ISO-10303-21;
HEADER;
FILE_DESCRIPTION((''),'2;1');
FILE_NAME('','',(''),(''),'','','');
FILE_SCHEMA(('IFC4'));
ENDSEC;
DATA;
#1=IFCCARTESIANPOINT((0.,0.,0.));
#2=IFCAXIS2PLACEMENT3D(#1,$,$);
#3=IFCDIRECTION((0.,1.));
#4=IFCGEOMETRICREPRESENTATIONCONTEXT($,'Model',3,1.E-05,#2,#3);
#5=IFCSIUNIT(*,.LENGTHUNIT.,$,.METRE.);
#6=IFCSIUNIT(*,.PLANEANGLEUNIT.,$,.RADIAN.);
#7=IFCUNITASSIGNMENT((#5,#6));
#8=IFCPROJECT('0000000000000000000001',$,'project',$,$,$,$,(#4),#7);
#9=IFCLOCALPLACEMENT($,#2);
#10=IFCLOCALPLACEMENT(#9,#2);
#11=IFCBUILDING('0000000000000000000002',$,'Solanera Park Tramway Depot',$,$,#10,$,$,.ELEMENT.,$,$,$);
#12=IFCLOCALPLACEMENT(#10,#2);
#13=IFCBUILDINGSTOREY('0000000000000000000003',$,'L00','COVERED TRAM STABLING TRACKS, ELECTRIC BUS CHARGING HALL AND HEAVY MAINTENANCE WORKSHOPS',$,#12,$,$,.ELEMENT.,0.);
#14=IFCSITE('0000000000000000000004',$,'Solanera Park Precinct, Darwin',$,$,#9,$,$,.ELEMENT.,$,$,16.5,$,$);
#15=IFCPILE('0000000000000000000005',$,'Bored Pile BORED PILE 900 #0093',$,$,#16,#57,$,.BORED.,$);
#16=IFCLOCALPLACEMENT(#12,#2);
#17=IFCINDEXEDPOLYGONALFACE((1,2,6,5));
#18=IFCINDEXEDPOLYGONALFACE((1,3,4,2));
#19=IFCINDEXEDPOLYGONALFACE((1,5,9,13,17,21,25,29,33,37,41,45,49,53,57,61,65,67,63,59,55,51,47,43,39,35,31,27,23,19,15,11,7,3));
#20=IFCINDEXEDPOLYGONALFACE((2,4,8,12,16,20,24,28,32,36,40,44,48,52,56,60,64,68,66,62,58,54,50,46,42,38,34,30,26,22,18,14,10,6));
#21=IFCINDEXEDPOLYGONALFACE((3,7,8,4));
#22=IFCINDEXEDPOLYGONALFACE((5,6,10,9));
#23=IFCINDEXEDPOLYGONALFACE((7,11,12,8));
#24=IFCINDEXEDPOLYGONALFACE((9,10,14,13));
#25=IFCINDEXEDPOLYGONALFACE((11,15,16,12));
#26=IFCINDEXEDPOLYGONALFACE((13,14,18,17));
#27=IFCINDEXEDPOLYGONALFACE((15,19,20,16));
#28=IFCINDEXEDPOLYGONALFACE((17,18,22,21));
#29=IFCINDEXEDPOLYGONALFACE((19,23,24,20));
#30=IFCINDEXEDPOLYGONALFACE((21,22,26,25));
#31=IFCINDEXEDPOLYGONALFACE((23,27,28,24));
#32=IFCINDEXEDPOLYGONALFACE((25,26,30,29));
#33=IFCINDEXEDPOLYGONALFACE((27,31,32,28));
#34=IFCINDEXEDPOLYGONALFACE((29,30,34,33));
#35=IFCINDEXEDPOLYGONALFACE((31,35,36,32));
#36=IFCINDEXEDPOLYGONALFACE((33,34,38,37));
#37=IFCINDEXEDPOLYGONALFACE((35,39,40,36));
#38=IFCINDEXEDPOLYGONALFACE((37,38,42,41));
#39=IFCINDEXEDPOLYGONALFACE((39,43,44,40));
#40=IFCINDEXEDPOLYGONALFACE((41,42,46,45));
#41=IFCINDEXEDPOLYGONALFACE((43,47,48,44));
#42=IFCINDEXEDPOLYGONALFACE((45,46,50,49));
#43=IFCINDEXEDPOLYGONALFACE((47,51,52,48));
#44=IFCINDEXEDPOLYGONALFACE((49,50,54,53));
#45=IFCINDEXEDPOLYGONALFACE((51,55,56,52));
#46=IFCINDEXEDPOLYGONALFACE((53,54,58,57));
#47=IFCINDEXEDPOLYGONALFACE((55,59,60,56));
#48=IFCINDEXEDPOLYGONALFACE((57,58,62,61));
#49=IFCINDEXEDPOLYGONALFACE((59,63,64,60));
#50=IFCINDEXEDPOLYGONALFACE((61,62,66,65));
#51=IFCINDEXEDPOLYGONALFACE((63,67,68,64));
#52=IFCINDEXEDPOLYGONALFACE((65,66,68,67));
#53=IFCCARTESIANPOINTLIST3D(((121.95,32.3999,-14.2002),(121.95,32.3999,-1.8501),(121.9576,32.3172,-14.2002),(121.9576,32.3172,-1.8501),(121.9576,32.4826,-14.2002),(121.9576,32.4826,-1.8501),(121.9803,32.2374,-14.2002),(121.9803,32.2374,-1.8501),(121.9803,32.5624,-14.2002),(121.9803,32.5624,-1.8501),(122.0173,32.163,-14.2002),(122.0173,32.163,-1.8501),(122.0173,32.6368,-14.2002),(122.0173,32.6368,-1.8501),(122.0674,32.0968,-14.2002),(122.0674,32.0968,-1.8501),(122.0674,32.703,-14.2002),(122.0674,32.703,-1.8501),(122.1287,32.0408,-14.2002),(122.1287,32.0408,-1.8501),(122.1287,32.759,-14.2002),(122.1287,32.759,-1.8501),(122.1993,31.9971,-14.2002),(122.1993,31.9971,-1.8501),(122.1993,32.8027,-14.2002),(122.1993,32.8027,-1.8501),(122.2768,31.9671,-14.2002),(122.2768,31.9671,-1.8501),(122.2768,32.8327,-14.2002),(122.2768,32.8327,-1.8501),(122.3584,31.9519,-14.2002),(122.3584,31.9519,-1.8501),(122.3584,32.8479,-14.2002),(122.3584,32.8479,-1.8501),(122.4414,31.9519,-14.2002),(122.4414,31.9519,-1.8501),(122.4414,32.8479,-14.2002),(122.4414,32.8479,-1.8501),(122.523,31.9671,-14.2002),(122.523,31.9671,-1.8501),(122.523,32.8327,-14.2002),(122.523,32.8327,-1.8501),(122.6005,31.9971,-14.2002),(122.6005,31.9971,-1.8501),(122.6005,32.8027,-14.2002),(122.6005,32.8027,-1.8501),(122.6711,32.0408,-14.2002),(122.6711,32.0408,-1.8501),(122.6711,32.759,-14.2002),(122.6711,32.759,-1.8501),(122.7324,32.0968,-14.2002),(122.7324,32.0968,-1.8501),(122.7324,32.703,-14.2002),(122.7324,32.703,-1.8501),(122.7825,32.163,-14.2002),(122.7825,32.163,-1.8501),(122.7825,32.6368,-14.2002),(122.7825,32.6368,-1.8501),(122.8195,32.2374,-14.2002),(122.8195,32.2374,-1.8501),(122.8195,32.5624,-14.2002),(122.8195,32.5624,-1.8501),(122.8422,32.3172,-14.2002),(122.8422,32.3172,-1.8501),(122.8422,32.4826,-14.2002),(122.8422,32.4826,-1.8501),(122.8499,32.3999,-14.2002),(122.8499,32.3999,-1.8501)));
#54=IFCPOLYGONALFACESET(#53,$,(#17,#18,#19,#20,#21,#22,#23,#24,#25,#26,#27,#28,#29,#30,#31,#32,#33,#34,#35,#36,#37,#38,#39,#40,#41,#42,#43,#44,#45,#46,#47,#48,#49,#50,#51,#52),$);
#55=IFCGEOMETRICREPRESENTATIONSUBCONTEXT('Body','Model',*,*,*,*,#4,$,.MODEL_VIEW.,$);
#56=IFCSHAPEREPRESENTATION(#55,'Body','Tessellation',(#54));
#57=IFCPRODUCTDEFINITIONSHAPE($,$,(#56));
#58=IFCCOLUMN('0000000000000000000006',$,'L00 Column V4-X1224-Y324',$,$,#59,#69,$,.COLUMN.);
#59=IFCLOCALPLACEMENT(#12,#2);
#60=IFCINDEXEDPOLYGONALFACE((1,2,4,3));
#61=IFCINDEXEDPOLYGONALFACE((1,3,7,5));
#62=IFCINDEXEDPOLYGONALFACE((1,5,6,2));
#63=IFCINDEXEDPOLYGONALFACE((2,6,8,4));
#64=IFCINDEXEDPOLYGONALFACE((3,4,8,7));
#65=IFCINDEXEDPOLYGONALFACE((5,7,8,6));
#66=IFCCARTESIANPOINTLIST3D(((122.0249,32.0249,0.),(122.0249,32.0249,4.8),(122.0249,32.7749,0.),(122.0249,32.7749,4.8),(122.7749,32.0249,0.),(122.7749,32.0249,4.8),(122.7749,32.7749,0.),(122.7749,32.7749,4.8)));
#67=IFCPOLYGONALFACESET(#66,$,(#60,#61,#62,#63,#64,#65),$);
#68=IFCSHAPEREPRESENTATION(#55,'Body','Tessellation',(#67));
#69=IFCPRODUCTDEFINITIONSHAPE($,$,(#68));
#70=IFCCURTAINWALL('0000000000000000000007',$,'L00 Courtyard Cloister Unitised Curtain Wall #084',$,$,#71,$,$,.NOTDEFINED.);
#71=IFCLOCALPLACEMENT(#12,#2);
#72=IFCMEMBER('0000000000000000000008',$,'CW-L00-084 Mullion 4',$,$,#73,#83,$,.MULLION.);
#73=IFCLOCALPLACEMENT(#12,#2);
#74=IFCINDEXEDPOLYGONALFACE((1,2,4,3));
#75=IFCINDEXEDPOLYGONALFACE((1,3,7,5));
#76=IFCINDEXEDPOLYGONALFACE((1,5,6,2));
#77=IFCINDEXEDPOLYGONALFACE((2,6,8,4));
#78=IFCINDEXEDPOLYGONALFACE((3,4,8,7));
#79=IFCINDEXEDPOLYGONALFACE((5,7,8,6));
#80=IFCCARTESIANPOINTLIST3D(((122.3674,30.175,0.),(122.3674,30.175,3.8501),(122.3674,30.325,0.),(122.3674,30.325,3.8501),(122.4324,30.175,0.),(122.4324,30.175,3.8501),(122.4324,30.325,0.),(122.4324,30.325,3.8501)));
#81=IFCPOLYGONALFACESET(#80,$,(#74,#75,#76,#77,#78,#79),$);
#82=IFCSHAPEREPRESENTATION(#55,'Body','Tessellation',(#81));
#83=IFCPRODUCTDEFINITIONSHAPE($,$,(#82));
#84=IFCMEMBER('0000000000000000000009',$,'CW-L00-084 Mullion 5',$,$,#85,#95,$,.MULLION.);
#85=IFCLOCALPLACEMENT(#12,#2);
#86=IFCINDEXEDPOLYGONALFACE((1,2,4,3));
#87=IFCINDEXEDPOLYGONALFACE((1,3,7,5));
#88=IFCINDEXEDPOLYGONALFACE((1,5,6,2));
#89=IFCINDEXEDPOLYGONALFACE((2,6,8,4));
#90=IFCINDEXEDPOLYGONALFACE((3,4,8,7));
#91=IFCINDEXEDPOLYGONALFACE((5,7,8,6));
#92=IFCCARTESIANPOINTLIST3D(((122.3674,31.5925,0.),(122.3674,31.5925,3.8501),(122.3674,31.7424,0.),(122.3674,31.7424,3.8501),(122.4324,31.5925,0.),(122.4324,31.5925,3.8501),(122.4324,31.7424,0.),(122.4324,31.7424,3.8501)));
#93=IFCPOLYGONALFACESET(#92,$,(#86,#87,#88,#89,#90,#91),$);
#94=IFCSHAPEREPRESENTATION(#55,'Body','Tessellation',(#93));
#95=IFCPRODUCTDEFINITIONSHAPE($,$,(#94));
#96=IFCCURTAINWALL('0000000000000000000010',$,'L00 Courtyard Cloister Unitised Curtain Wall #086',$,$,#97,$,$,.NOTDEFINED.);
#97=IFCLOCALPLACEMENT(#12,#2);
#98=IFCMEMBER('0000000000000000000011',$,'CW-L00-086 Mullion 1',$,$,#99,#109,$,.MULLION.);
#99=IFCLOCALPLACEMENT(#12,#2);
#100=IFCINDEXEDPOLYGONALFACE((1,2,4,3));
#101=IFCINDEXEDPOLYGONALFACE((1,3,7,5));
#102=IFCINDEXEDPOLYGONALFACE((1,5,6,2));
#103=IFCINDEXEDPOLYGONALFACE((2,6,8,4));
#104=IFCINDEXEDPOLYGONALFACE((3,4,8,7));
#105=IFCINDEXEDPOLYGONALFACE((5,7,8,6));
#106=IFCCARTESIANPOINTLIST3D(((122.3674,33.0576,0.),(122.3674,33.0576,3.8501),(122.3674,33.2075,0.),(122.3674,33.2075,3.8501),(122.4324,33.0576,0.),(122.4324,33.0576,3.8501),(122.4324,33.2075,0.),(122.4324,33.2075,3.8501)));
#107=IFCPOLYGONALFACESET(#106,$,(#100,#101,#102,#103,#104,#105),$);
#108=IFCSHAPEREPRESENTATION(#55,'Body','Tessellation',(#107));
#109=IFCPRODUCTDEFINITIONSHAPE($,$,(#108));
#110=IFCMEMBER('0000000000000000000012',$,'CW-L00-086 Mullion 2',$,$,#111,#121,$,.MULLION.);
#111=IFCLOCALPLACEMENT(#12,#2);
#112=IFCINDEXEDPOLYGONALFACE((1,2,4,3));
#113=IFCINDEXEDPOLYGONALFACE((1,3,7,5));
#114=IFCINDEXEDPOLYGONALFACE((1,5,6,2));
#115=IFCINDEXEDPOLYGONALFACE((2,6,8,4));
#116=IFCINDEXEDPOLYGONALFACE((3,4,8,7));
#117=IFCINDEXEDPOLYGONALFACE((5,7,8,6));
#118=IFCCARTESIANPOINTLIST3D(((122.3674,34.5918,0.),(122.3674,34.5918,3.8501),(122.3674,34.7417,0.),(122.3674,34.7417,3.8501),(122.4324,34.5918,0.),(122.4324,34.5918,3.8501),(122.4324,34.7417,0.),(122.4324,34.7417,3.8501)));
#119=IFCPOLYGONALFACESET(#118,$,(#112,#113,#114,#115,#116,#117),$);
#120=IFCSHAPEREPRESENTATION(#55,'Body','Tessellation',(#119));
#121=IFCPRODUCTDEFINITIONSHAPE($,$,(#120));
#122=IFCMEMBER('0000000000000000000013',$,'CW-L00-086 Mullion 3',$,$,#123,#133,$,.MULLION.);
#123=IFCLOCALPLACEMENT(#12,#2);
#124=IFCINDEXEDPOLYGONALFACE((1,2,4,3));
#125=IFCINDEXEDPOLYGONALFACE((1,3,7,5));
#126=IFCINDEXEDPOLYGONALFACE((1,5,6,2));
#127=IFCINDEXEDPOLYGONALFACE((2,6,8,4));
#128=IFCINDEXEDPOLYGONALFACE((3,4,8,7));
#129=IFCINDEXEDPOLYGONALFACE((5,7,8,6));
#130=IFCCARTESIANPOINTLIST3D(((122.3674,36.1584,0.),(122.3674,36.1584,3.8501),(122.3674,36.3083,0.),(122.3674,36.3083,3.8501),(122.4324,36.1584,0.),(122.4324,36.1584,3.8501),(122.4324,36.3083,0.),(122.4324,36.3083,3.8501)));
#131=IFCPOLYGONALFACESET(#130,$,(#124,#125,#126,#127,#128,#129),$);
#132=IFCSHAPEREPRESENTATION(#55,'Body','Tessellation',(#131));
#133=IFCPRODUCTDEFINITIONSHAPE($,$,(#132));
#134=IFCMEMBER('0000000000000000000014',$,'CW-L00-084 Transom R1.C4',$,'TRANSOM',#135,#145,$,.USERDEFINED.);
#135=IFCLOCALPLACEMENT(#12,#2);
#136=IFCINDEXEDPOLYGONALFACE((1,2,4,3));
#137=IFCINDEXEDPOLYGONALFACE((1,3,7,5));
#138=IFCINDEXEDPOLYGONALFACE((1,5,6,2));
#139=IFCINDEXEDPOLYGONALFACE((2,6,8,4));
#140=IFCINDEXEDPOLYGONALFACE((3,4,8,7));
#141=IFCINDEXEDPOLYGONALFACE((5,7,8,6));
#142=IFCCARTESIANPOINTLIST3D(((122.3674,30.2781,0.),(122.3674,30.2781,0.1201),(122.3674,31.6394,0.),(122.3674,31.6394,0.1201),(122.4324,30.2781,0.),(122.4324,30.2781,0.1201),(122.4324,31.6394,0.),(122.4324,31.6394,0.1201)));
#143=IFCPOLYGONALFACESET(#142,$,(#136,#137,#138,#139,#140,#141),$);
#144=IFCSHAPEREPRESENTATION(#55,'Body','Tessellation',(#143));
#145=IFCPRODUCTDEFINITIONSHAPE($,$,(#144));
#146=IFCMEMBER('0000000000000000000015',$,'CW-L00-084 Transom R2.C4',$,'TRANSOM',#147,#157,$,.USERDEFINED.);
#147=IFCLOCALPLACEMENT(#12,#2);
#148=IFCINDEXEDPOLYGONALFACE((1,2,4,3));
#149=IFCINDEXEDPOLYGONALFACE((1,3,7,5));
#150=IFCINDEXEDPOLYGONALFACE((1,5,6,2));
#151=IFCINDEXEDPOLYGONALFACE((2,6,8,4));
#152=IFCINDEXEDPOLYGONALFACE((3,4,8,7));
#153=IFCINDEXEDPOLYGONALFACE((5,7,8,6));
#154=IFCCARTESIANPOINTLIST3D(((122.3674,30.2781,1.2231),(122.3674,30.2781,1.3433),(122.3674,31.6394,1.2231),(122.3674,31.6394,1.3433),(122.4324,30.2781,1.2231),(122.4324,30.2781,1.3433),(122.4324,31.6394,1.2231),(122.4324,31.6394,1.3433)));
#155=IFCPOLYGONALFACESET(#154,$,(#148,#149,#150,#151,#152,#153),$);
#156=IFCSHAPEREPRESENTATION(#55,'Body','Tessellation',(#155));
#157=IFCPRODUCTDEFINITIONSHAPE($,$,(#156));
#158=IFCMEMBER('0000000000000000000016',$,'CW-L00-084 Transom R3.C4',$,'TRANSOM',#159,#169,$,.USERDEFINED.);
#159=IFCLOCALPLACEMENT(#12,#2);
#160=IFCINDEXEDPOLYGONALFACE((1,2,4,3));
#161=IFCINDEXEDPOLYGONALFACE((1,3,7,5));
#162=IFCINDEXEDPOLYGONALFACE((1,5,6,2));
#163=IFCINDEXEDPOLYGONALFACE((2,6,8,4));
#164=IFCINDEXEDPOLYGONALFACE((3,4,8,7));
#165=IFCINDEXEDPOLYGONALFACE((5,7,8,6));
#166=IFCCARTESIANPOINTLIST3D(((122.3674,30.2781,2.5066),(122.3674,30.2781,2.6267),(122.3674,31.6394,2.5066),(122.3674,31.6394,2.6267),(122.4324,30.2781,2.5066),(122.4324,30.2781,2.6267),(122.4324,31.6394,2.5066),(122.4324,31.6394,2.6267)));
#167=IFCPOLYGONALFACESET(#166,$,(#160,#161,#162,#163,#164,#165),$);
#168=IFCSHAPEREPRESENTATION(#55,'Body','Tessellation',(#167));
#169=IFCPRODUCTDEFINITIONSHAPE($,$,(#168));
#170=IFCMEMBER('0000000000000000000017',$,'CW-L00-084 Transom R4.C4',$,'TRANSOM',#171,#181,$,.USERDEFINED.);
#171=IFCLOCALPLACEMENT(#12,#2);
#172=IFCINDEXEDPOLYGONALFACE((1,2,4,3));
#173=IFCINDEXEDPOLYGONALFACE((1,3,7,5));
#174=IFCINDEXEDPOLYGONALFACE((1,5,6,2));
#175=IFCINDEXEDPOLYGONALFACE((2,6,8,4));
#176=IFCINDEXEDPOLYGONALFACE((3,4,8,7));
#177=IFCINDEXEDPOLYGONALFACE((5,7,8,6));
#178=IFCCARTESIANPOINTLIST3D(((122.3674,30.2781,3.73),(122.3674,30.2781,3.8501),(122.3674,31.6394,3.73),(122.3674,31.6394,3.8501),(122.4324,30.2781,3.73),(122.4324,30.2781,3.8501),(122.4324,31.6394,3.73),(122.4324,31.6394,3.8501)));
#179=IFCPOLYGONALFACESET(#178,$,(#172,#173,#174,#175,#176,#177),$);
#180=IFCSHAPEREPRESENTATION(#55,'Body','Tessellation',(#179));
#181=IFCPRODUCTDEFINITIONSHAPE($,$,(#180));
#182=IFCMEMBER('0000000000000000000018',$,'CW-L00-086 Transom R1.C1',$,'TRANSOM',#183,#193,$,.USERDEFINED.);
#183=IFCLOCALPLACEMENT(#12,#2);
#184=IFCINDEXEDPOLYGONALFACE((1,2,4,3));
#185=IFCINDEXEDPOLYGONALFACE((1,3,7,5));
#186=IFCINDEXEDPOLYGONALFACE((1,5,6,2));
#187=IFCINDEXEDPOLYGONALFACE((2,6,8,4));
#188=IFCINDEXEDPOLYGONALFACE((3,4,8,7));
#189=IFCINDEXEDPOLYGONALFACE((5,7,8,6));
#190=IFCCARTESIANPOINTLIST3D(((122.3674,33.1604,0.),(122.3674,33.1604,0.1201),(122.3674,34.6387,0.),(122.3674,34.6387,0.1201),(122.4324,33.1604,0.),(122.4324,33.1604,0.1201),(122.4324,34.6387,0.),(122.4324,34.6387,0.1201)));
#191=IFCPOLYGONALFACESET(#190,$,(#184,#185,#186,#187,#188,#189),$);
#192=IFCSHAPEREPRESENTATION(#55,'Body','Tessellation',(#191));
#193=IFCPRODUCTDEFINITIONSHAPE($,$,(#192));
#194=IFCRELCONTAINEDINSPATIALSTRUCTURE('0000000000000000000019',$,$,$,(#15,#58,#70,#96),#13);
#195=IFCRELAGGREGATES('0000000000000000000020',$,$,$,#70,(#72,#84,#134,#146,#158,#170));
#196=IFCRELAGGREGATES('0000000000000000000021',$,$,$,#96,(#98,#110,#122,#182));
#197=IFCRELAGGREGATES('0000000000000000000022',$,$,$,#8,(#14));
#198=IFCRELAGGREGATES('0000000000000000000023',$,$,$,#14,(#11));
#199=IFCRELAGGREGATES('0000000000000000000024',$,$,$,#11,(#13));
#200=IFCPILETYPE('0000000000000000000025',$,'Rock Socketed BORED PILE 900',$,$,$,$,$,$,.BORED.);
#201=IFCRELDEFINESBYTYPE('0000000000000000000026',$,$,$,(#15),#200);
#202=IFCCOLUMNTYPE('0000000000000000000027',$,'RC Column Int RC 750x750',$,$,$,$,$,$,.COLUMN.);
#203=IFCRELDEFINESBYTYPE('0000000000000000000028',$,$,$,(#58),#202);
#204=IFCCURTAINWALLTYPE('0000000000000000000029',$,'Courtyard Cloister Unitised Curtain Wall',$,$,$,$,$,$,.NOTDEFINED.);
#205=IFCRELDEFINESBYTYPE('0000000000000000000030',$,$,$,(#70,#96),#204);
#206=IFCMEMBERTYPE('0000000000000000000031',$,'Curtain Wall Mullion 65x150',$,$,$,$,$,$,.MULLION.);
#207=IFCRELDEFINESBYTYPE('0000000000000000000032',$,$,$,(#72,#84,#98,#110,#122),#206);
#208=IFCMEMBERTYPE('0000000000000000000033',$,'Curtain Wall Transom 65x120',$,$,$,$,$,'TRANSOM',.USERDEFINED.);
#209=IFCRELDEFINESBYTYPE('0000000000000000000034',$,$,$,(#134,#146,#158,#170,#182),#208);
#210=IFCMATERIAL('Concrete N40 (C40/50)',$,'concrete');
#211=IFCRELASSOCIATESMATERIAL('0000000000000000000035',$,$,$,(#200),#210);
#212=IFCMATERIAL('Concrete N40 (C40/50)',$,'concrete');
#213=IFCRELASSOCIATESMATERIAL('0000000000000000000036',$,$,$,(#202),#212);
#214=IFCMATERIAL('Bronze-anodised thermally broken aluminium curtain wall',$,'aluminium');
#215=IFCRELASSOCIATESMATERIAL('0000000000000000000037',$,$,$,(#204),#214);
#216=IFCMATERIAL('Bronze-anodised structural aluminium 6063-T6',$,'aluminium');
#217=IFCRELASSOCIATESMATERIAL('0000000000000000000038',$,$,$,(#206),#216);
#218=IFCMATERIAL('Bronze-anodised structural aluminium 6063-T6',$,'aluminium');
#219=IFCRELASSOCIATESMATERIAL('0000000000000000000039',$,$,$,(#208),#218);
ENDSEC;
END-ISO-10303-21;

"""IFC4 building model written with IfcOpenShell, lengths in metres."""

from ifc_helpers import new_model, si_unit, direction, frame, origin, origin_2d, place, context, subcontext, project, spatial, rectangle, circle, extrude, material, material_profile, profile_set, type_object, element, aggregate, save


model = new_model("IFC4")

# Units and contexts
model_context = context("Model", 3, precision=1e-05, world=origin(), true_north=direction((0.0, 1.0)))
body_context = subcontext(model_context, "Body", "Model", "MODEL_VIEW")
ifc_project = project(units=[si_unit("LENGTHUNIT", "METRE"), si_unit("PLANEANGLEUNIT", "RADIAN")], contexts=[model_context])

# Site, building, storey
site_placement = place(None, origin())
site = spatial("IfcSite", under=ifc_project, at=site_placement, Name="Solanera Park Precinct, Darwin", CompositionType="ELEMENT", RefElevation=16.5)
building_placement = place(site_placement, origin())
building = spatial("IfcBuilding", under=site, at=building_placement, Name="Solanera Park Tramway Depot", CompositionType="ELEMENT")
storey_placement = place(building_placement, origin())
storey = spatial("IfcBuildingStorey", under=building, at=storey_placement, Name="L00", Description="COVERED TRAM STABLING TRACKS, ELECTRIC BUS CHARGING HALL AND HEAVY MAINTENANCE WORKSHOPS", CompositionType="ELEMENT", Elevation=0.0)

# Pile
ifc_material_1 = material(Name="Concrete N40 (C40/50)", Category="concrete")
ifc_material_profile_1 = material_profile(ifc_material_1, circle(Radius=0.45, at=origin_2d()), Name="BORED PILE 900")
ifc_profile_set_1 = profile_set([ifc_material_profile_1], Name="Concrete N40 (C40/50)")
pile_type = type_object("IfcPileType", Name="Rock Socketed BORED PILE 900", PredefinedType="BORED", material=ifc_profile_set_1)
pile_placement = place(storey_placement, frame((122.3999, 32.3999, -1.8501), z_axis=(0.0, 0.0, -1.0), x_axis=(1.0, 0.0, 0.0)))
element("IfcPile", 1, at=pile_placement, inside=storey, type_object=pile_type, Name="Bored Pile BORED PILE 900 #0093", PredefinedType="BORED", context=body_context, shape_type="SweptSolid", body=[
    extrude(circle(Radius=0.45, at=origin_2d()), origin(), (0.0, 0.0, 1.0), 12.3501),
])

# Column
ifc_material_2 = material(Name="Concrete N40 (C40/50)", Category="concrete")
ifc_material_profile_2 = material_profile(ifc_material_2, rectangle(XDim=0.75, YDim=0.75, at=origin_2d()), Name="RC 750x750")
ifc_profile_set_2 = profile_set([ifc_material_profile_2], Name="Concrete N40 (C40/50)")
column_type = type_object("IfcColumnType", Name="RC Column Int RC 750x750", PredefinedType="COLUMN", material=ifc_profile_set_2)
column_placement = place(storey_placement, frame((122.3999, 32.3999, 0.0), z_axis=(0.0, 0.0, 1.0), x_axis=(1.0, 0.0, 0.0)))
element("IfcColumn", 2, at=column_placement, inside=storey, type_object=column_type, Name="L00 Column V4-X1224-Y324", PredefinedType="COLUMN", context=body_context, shape_type="SweptSolid", body=[
    extrude(rectangle(XDim=0.75, YDim=0.75, at=origin_2d()), origin(), (0.0, 0.0, 1.0), 4.8),
])

# Curtain walls, members
ifc_material_3 = material(Name="Bronze-anodised thermally broken aluminium curtain wall", Category="aluminium")
curtain_wall_type = type_object("IfcCurtainWallType", Name="Courtyard Cloister Unitised Curtain Wall", PredefinedType="NOTDEFINED", material=ifc_material_3)
curtain_wall_1_placement = place(storey_placement, origin())
curtain_wall_1 = element("IfcCurtainWall", 3, at=curtain_wall_1_placement, inside=storey, type_object=curtain_wall_type, Name="L00 Courtyard Cloister Unitised Curtain Wall #084", PredefinedType="NOTDEFINED")
ifc_material_4 = material(Name="Bronze-anodised structural aluminium 6063-T6", Category="aluminium")
ifc_material_profile_3 = material_profile(ifc_material_4, rectangle(XDim=0.0649, YDim=0.1499, at=origin_2d()), Name="Curtain Wall Mullion 65x150")
ifc_profile_set_3 = profile_set([ifc_material_profile_3], Name="Bronze-anodised structural aluminium 6063-T6")
member_type_1 = type_object("IfcMemberType", Name="Curtain Wall Mullion 65x150", PredefinedType="MULLION", material=ifc_profile_set_3)
member_1_placement = place(storey_placement, frame((122.3999, 30.25, 0.0), z_axis=(0.0, 0.0, 1.0), x_axis=(1.0, 0.0, 0.0)))
member_1 = element("IfcMember", 4, at=member_1_placement, type_object=member_type_1, Name="CW-L00-084 Mullion 4", PredefinedType="MULLION", context=body_context, shape_type="SweptSolid", body=[
    extrude(rectangle(XDim=0.0649, YDim=0.1499, at=origin_2d()), origin(), (0.0, 0.0, 1.0), 3.8501),
])
member_2_placement = place(storey_placement, frame((122.3999, 31.6675, 0.0), z_axis=(0.0, 0.0, 1.0), x_axis=(1.0, 0.0, 0.0)))
member_2 = element("IfcMember", 5, at=member_2_placement, type_object=member_type_1, Name="CW-L00-084 Mullion 5", PredefinedType="MULLION", context=body_context, shape_type="SweptSolid", body=[
    extrude(rectangle(XDim=0.0649, YDim=0.1499, at=origin_2d()), origin(), (0.0, 0.0, 1.0), 3.8501),
])
curtain_wall_2_placement = place(storey_placement, origin())
curtain_wall_2 = element("IfcCurtainWall", 6, at=curtain_wall_2_placement, inside=storey, type_object=curtain_wall_type, Name="L00 Courtyard Cloister Unitised Curtain Wall #086", PredefinedType="NOTDEFINED")
member_3_placement = place(storey_placement, frame((122.3999, 33.1326, 0.0), z_axis=(0.0, 0.0, 1.0), x_axis=(1.0, 0.0, 0.0)))
member_3 = element("IfcMember", 7, at=member_3_placement, type_object=member_type_1, Name="CW-L00-086 Mullion 1", PredefinedType="MULLION", context=body_context, shape_type="SweptSolid", body=[
    extrude(rectangle(XDim=0.0649, YDim=0.1499, at=origin_2d()), origin(), (0.0, 0.0, 1.0), 3.8501),
])
member_4_placement = place(storey_placement, frame((122.3999, 34.6667, 0.0), z_axis=(0.0, 0.0, 1.0), x_axis=(1.0, 0.0, 0.0)))
member_4 = element("IfcMember", 8, at=member_4_placement, type_object=member_type_1, Name="CW-L00-086 Mullion 2", PredefinedType="MULLION", context=body_context, shape_type="SweptSolid", body=[
    extrude(rectangle(XDim=0.0649, YDim=0.1499, at=origin_2d()), origin(), (0.0, 0.0, 1.0), 3.8501),
])
member_5_placement = place(storey_placement, frame((122.3999, 36.2334, 0.0), z_axis=(0.0, 0.0, 1.0), x_axis=(1.0, 0.0, 0.0)))
member_5 = element("IfcMember", 9, at=member_5_placement, type_object=member_type_1, Name="CW-L00-086 Mullion 3", PredefinedType="MULLION", context=body_context, shape_type="SweptSolid", body=[
    extrude(rectangle(XDim=0.0649, YDim=0.1499, at=origin_2d()), origin(), (0.0, 0.0, 1.0), 3.8501),
])

# Members
ifc_material_5 = material(Name="Bronze-anodised structural aluminium 6063-T6", Category="aluminium")
ifc_material_profile_4 = material_profile(ifc_material_5, rectangle(XDim=0.0649, YDim=0.1201, at=origin_2d()), Name="Curtain Wall Transom 65x120")
ifc_profile_set_4 = profile_set([ifc_material_profile_4], Name="Bronze-anodised structural aluminium 6063-T6")
member_type_2 = type_object("IfcMemberType", Name="Curtain Wall Transom 65x120", ElementType="TRANSOM", PredefinedType="USERDEFINED", material=ifc_profile_set_4)
member_6_placement = place(storey_placement, frame((122.3999, 30.2781, 0.0601), z_axis=(0.0, 1.0, 0.0), x_axis=(-1.0, 0.0, 0.0)))
member_6 = element("IfcMember", 10, at=member_6_placement, type_object=member_type_2, Name="CW-L00-084 Transom R1.C4", ObjectType="TRANSOM", PredefinedType="USERDEFINED", context=body_context, shape_type="SweptSolid", body=[
    extrude(rectangle(XDim=0.0649, YDim=0.1201, at=origin_2d()), origin(), (0.0, 0.0, 1.0), 1.3613),
])
member_7_placement = place(storey_placement, frame((122.3999, 30.2781, 1.2832), z_axis=(0.0, 1.0, 0.0), x_axis=(-1.0, 0.0, 0.0)))
member_7 = element("IfcMember", 11, at=member_7_placement, type_object=member_type_2, Name="CW-L00-084 Transom R2.C4", ObjectType="TRANSOM", PredefinedType="USERDEFINED", context=body_context, shape_type="SweptSolid", body=[
    extrude(rectangle(XDim=0.0649, YDim=0.1201, at=origin_2d()), origin(), (0.0, 0.0, 1.0), 1.3613),
])
member_8_placement = place(storey_placement, frame((122.3999, 30.2781, 2.5667), z_axis=(0.0, 1.0, 0.0), x_axis=(-1.0, 0.0, 0.0)))
member_8 = element("IfcMember", 12, at=member_8_placement, type_object=member_type_2, Name="CW-L00-084 Transom R3.C4", ObjectType="TRANSOM", PredefinedType="USERDEFINED", context=body_context, shape_type="SweptSolid", body=[
    extrude(rectangle(XDim=0.0649, YDim=0.1201, at=origin_2d()), origin(), (0.0, 0.0, 1.0), 1.3613),
])
member_9_placement = place(storey_placement, frame((122.3999, 30.2781, 3.79), z_axis=(0.0, 1.0, 0.0), x_axis=(-1.0, 0.0, 0.0)))
member_9 = element("IfcMember", 13, at=member_9_placement, type_object=member_type_2, Name="CW-L00-084 Transom R4.C4", ObjectType="TRANSOM", PredefinedType="USERDEFINED", context=body_context, shape_type="SweptSolid", body=[
    extrude(rectangle(XDim=0.0649, YDim=0.1201, at=origin_2d()), origin(), (0.0, 0.0, 1.0), 1.3613),
])
member_10_placement = place(storey_placement, frame((122.3999, 33.1604, 0.0601), z_axis=(0.0, 1.0, 0.0), x_axis=(-1.0, 0.0, 0.0)))
member_10 = element("IfcMember", 14, at=member_10_placement, type_object=member_type_2, Name="CW-L00-086 Transom R1.C1", ObjectType="TRANSOM", PredefinedType="USERDEFINED", context=body_context, shape_type="SweptSolid", body=[
    extrude(rectangle(XDim=0.0649, YDim=0.1201, at=origin_2d()), origin(), (0.0, 0.0, 1.0), 1.4783),
])

aggregate(curtain_wall_1, [member_1, member_2, member_6, member_7, member_8, member_9])
aggregate(curtain_wall_2, [member_3, member_4, member_5, member_10])

save(model, "model.ifc")
